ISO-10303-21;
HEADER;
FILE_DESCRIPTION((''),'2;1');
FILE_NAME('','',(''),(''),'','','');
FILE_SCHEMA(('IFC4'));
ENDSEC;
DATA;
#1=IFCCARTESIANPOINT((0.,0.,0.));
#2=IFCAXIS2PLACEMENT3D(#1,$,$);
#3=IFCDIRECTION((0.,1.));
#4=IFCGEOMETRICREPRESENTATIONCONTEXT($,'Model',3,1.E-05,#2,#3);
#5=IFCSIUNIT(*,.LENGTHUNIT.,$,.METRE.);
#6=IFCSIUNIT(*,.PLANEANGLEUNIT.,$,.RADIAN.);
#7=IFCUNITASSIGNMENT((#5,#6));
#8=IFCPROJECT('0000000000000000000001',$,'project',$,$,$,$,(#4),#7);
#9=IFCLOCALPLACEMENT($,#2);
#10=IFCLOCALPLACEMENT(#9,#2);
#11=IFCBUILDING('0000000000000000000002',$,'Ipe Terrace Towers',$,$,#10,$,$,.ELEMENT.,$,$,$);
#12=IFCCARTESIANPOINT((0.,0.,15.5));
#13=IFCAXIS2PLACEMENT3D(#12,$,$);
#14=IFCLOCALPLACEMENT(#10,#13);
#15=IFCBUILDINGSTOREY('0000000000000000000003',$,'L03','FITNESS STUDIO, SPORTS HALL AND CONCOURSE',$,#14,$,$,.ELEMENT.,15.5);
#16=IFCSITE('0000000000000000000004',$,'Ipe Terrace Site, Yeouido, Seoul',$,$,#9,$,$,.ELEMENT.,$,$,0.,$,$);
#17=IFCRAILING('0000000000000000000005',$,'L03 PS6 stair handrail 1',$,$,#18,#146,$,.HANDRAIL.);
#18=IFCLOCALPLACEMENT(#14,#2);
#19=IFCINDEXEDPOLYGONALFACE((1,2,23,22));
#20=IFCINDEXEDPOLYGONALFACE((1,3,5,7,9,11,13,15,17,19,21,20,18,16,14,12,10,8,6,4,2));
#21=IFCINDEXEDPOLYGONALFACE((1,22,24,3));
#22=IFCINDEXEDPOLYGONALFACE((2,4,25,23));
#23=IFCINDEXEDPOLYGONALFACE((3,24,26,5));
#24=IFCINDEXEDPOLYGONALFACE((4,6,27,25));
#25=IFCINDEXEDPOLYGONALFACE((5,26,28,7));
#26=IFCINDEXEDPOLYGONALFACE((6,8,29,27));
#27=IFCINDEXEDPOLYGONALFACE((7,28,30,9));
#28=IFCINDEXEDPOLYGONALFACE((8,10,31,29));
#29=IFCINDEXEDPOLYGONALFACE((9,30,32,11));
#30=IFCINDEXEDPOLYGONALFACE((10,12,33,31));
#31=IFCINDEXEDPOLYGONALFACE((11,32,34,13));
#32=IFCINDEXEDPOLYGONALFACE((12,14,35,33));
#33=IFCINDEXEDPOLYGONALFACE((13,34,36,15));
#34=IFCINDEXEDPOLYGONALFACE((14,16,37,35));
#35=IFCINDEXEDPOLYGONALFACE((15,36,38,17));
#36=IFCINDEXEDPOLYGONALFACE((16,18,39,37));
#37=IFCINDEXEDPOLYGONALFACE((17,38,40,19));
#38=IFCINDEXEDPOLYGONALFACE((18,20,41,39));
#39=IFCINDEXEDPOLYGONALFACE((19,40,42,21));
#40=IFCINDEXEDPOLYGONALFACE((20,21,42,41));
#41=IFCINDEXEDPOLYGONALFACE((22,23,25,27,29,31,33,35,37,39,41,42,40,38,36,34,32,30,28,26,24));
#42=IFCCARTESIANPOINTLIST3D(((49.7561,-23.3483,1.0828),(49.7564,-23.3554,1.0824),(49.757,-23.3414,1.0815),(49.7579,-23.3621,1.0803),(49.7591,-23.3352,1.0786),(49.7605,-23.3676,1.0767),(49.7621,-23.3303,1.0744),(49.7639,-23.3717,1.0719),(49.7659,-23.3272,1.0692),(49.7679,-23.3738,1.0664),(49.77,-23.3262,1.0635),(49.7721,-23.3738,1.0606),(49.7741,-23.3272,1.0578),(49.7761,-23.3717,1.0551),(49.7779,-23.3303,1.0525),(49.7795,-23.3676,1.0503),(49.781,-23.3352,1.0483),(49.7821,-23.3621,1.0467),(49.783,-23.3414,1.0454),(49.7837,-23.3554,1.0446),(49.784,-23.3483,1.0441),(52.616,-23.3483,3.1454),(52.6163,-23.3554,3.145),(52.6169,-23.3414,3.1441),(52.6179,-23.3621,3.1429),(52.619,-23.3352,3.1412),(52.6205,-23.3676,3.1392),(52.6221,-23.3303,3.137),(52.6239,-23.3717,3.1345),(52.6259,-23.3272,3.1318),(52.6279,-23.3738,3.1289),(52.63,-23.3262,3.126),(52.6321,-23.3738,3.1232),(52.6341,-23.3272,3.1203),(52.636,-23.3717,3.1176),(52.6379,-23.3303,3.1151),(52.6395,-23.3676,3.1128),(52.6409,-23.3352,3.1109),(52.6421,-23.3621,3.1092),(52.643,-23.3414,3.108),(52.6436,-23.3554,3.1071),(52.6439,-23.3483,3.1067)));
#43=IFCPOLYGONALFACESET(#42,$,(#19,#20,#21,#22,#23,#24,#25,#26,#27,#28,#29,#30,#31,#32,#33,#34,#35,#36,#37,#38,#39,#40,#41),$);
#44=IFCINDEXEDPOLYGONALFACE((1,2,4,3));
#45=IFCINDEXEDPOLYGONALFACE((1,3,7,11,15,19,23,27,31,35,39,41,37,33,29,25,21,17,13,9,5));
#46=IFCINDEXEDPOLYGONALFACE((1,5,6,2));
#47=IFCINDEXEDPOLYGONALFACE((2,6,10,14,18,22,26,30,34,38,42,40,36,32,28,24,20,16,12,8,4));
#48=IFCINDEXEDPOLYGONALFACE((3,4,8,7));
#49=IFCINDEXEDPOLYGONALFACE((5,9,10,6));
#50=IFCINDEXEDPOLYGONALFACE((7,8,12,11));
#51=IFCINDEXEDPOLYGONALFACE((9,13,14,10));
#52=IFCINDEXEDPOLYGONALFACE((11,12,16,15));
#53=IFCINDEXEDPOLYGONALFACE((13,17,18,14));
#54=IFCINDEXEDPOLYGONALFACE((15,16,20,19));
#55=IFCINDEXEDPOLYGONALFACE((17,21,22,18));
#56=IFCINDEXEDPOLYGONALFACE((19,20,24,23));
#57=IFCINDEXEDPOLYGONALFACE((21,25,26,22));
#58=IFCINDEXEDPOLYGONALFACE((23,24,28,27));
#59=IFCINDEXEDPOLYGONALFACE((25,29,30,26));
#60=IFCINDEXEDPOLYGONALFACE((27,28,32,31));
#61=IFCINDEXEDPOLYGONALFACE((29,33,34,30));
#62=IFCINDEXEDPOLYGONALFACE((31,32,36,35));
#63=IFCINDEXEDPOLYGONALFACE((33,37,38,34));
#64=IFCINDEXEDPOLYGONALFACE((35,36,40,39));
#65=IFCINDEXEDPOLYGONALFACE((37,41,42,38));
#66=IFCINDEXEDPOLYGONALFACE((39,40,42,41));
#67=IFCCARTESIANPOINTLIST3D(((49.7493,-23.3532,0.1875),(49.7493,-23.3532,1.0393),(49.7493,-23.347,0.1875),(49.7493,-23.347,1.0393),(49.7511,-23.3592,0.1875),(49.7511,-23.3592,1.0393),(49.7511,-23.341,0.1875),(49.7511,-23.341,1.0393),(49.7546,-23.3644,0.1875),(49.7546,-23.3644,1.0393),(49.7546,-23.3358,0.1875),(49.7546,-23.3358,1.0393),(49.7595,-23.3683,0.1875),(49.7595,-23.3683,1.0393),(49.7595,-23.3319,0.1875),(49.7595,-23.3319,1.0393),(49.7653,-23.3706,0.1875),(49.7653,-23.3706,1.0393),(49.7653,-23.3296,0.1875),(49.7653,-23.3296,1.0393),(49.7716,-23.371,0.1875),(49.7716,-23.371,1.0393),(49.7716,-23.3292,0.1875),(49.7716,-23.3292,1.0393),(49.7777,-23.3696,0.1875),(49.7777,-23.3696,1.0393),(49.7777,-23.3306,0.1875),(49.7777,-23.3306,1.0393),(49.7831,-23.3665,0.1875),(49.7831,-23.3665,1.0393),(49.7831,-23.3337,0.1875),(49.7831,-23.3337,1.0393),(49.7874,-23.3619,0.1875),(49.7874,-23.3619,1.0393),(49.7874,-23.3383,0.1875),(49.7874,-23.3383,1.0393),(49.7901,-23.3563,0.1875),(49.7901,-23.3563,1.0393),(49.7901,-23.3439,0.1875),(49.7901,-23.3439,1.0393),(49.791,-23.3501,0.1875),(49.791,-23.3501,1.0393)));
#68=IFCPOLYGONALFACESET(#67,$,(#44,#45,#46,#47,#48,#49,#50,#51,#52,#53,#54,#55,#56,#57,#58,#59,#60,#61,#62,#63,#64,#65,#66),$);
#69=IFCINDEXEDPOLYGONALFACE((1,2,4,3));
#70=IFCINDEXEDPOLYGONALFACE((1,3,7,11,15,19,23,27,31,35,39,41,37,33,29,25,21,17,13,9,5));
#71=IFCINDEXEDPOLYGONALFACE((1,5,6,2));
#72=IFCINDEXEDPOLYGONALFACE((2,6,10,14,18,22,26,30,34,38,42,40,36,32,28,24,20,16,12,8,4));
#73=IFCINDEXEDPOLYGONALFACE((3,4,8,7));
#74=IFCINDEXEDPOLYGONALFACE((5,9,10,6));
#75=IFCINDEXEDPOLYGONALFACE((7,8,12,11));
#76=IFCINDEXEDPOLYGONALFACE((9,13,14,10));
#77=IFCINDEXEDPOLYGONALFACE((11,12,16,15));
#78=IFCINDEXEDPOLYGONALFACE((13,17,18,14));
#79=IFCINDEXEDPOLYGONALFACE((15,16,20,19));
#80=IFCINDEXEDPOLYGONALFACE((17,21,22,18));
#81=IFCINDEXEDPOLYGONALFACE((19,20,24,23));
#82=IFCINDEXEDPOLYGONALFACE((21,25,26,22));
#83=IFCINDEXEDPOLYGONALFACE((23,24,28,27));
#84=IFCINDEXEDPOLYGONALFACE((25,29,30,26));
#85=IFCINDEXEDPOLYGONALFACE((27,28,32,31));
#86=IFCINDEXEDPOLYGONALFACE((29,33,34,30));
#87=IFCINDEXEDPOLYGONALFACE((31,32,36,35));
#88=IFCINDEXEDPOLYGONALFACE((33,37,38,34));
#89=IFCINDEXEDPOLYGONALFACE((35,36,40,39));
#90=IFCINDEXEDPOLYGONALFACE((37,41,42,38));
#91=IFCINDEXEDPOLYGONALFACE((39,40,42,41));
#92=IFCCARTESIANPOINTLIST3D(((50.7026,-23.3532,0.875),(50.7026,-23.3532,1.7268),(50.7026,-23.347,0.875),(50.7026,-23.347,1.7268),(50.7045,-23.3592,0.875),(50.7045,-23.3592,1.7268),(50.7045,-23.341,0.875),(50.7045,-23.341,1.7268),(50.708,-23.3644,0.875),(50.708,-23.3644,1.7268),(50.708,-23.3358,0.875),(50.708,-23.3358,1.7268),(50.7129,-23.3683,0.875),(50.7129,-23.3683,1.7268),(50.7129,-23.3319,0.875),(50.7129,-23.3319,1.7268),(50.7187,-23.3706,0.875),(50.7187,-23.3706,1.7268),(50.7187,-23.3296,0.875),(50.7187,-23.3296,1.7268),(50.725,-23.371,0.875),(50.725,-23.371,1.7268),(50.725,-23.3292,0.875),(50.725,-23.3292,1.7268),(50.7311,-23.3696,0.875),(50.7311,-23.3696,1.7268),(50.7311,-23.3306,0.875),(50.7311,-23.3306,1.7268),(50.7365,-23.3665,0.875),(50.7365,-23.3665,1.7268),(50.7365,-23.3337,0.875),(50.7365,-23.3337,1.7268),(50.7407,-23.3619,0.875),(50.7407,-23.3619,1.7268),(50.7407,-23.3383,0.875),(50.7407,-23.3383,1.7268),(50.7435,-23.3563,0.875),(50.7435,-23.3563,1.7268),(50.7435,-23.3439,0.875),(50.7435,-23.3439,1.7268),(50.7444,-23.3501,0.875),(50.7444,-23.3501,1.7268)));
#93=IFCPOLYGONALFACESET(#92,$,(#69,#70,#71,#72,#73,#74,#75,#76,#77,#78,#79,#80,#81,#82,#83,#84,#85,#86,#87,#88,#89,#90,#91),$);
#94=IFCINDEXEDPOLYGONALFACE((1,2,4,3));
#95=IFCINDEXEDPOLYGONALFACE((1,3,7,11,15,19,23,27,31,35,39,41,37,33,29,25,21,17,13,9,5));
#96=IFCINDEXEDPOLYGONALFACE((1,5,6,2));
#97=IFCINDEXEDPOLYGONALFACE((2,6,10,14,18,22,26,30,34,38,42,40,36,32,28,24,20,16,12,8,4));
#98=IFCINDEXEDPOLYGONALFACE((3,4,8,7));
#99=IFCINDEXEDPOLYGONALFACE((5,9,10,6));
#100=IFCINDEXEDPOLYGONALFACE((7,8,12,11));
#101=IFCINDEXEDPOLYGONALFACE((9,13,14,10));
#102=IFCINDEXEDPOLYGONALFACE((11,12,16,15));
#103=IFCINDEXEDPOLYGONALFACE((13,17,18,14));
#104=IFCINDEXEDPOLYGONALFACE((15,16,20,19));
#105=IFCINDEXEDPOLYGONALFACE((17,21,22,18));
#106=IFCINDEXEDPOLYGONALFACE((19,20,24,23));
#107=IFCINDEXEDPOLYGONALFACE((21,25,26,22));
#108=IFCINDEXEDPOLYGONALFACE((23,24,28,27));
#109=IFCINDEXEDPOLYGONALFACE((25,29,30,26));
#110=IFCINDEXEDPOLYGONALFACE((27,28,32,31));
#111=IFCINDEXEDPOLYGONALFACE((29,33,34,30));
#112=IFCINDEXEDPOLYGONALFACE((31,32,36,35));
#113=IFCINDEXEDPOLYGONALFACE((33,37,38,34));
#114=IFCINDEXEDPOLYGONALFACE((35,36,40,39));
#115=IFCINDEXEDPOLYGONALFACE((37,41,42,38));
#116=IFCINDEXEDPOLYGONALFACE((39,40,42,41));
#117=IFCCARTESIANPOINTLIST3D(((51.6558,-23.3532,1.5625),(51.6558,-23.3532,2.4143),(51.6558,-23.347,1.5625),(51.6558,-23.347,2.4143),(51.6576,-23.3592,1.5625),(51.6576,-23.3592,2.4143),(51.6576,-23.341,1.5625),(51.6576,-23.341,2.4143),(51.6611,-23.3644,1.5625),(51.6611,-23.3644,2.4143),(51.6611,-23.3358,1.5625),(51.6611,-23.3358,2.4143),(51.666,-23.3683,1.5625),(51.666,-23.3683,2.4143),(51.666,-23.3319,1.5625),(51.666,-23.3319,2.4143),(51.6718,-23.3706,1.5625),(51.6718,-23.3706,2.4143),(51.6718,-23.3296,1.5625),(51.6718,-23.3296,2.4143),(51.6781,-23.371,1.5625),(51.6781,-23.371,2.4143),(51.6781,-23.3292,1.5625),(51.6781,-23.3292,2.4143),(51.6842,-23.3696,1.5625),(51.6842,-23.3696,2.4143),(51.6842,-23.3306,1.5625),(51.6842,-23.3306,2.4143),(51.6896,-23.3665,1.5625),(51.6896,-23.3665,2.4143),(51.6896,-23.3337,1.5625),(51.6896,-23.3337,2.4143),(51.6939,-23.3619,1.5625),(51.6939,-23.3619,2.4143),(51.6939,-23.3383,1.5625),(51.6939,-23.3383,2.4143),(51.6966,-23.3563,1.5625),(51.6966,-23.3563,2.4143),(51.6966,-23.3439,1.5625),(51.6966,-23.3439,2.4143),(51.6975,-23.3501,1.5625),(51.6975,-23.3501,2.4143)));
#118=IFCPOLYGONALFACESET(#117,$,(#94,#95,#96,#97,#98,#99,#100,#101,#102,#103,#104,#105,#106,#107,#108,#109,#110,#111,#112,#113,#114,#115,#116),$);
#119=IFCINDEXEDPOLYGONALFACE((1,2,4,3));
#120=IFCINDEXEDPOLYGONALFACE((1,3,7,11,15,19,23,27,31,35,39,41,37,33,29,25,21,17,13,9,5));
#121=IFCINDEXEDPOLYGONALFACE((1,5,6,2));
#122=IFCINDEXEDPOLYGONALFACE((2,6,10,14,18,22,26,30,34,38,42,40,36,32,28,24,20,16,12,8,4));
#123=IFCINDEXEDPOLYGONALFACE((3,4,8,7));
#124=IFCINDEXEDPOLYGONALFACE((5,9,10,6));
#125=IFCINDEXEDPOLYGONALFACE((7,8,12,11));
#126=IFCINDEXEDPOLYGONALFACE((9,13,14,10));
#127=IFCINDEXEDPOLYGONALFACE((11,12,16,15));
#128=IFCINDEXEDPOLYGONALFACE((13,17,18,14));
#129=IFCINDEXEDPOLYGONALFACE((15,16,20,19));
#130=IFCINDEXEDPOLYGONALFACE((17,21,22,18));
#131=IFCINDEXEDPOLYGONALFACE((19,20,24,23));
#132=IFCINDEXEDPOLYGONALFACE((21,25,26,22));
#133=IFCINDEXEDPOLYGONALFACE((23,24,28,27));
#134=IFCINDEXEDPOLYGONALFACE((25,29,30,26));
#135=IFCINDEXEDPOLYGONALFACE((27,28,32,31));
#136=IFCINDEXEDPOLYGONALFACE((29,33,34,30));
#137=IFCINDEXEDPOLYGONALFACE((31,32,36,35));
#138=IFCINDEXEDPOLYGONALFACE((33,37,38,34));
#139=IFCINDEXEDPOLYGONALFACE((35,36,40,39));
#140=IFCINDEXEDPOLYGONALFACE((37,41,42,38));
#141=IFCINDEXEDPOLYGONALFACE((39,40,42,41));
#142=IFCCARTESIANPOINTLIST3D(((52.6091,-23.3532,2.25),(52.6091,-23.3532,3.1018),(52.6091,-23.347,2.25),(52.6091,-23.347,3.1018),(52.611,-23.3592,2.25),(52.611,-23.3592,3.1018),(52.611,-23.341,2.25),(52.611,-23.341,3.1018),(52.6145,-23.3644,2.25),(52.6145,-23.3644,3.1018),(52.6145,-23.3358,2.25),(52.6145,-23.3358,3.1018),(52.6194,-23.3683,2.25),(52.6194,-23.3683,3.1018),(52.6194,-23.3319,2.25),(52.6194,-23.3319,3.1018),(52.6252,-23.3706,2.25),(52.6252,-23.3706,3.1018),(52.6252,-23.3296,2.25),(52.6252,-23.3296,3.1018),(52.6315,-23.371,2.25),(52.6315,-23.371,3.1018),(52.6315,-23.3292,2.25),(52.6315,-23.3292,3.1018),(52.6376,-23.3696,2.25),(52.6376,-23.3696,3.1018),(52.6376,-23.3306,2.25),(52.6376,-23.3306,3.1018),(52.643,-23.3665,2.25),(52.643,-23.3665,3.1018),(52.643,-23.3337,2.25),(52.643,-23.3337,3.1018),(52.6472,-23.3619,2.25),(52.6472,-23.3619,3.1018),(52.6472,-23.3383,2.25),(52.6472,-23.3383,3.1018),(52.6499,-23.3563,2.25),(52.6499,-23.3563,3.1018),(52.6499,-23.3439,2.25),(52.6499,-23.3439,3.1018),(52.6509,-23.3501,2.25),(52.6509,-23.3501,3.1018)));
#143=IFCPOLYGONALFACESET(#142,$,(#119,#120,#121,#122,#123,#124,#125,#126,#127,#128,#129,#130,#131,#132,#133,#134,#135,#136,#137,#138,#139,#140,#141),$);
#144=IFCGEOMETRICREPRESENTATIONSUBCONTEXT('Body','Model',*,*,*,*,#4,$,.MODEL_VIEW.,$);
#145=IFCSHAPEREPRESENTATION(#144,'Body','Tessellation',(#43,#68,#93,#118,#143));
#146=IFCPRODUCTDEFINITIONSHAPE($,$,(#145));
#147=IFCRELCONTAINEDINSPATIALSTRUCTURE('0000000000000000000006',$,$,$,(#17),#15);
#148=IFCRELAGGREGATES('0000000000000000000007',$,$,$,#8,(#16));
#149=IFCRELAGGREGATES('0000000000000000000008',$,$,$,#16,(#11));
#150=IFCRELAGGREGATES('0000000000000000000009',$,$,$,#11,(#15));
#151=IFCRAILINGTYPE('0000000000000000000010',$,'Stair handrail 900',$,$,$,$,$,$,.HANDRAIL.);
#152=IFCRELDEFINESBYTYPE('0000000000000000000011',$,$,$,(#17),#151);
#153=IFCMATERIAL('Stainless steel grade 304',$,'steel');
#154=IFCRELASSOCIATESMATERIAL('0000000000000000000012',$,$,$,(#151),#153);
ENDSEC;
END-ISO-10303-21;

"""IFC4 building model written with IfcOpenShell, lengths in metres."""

from ifc_helpers import new_model, si_unit, direction, frame, origin, origin_2d, place, context, subcontext, project, spatial, circle, extrude, material, type_object, element, save


model = new_model("IFC4")

# Units and contexts
model_context = context("Model", 3, precision=1e-05, world=origin(), true_north=direction((0.0, 1.0)))
body_context = subcontext(model_context, "Body", "Model", "MODEL_VIEW")
ifc_project = project(units=[si_unit("LENGTHUNIT", "METRE"), si_unit("PLANEANGLEUNIT", "RADIAN")], contexts=[model_context])

# Site, building, storey
site_placement = place(None, origin())
site = spatial("IfcSite", under=ifc_project, at=site_placement, Name="Ipe Terrace Site, Yeouido, Seoul", CompositionType="ELEMENT", RefElevation=0.0)
building_placement = place(site_placement, origin())
building = spatial("IfcBuilding", under=site, at=building_placement, Name="Ipe Terrace Towers", CompositionType="ELEMENT")
storey_placement = place(building_placement, frame((0.0, 0.0, 15.5)))
storey = spatial("IfcBuildingStorey", under=building, at=storey_placement, Name="L03", Description="FITNESS STUDIO, SPORTS HALL AND CONCOURSE", CompositionType="ELEMENT", Elevation=15.5)

# Railing
ifc_material_1 = material(Name="Stainless steel grade 304", Category="steel")
railing_type_1 = type_object("IfcRailingType", Name="Stair handrail 900", PredefinedType="HANDRAIL", material=ifc_material_1)
railing_1_placement = place(storey_placement, frame((49.77, -23.3501, 0.1875)))
element("IfcRailing", 1, at=railing_1_placement, inside=storey, type_object=railing_type_1, Name="L03 PS6 stair handrail 1", PredefinedType="HANDRAIL", context=body_context, shape_type="SweptSolid", body=[
    extrude(circle(Radius=0.0239, at=origin_2d()), frame((0.0, 0.0, 0.876), z_axis=(0.811077, 0.0, 0.584939), x_axis=(0.0, 1.0, 0.0)), (0.0, 0.0, 1.0), 3.5261),
    extrude(circle(Radius=0.021, at=origin_2d()), origin(), (0.0, 0.0, 1.0), 0.8518),
    extrude(circle(Radius=0.021, at=origin_2d()), frame((0.9534, 0.0, 0.6875)), (0.0, 0.0, 1.0), 0.8518),
    extrude(circle(Radius=0.021, at=origin_2d()), frame((1.9065, 0.0, 1.375)), (0.0, 0.0, 1.0), 0.8518),
    extrude(circle(Radius=0.021, at=origin_2d()), frame((2.8599, 0.0, 2.0625)), (0.0, 0.0, 1.0), 0.8518),
])

save(model, "model.ifc")
